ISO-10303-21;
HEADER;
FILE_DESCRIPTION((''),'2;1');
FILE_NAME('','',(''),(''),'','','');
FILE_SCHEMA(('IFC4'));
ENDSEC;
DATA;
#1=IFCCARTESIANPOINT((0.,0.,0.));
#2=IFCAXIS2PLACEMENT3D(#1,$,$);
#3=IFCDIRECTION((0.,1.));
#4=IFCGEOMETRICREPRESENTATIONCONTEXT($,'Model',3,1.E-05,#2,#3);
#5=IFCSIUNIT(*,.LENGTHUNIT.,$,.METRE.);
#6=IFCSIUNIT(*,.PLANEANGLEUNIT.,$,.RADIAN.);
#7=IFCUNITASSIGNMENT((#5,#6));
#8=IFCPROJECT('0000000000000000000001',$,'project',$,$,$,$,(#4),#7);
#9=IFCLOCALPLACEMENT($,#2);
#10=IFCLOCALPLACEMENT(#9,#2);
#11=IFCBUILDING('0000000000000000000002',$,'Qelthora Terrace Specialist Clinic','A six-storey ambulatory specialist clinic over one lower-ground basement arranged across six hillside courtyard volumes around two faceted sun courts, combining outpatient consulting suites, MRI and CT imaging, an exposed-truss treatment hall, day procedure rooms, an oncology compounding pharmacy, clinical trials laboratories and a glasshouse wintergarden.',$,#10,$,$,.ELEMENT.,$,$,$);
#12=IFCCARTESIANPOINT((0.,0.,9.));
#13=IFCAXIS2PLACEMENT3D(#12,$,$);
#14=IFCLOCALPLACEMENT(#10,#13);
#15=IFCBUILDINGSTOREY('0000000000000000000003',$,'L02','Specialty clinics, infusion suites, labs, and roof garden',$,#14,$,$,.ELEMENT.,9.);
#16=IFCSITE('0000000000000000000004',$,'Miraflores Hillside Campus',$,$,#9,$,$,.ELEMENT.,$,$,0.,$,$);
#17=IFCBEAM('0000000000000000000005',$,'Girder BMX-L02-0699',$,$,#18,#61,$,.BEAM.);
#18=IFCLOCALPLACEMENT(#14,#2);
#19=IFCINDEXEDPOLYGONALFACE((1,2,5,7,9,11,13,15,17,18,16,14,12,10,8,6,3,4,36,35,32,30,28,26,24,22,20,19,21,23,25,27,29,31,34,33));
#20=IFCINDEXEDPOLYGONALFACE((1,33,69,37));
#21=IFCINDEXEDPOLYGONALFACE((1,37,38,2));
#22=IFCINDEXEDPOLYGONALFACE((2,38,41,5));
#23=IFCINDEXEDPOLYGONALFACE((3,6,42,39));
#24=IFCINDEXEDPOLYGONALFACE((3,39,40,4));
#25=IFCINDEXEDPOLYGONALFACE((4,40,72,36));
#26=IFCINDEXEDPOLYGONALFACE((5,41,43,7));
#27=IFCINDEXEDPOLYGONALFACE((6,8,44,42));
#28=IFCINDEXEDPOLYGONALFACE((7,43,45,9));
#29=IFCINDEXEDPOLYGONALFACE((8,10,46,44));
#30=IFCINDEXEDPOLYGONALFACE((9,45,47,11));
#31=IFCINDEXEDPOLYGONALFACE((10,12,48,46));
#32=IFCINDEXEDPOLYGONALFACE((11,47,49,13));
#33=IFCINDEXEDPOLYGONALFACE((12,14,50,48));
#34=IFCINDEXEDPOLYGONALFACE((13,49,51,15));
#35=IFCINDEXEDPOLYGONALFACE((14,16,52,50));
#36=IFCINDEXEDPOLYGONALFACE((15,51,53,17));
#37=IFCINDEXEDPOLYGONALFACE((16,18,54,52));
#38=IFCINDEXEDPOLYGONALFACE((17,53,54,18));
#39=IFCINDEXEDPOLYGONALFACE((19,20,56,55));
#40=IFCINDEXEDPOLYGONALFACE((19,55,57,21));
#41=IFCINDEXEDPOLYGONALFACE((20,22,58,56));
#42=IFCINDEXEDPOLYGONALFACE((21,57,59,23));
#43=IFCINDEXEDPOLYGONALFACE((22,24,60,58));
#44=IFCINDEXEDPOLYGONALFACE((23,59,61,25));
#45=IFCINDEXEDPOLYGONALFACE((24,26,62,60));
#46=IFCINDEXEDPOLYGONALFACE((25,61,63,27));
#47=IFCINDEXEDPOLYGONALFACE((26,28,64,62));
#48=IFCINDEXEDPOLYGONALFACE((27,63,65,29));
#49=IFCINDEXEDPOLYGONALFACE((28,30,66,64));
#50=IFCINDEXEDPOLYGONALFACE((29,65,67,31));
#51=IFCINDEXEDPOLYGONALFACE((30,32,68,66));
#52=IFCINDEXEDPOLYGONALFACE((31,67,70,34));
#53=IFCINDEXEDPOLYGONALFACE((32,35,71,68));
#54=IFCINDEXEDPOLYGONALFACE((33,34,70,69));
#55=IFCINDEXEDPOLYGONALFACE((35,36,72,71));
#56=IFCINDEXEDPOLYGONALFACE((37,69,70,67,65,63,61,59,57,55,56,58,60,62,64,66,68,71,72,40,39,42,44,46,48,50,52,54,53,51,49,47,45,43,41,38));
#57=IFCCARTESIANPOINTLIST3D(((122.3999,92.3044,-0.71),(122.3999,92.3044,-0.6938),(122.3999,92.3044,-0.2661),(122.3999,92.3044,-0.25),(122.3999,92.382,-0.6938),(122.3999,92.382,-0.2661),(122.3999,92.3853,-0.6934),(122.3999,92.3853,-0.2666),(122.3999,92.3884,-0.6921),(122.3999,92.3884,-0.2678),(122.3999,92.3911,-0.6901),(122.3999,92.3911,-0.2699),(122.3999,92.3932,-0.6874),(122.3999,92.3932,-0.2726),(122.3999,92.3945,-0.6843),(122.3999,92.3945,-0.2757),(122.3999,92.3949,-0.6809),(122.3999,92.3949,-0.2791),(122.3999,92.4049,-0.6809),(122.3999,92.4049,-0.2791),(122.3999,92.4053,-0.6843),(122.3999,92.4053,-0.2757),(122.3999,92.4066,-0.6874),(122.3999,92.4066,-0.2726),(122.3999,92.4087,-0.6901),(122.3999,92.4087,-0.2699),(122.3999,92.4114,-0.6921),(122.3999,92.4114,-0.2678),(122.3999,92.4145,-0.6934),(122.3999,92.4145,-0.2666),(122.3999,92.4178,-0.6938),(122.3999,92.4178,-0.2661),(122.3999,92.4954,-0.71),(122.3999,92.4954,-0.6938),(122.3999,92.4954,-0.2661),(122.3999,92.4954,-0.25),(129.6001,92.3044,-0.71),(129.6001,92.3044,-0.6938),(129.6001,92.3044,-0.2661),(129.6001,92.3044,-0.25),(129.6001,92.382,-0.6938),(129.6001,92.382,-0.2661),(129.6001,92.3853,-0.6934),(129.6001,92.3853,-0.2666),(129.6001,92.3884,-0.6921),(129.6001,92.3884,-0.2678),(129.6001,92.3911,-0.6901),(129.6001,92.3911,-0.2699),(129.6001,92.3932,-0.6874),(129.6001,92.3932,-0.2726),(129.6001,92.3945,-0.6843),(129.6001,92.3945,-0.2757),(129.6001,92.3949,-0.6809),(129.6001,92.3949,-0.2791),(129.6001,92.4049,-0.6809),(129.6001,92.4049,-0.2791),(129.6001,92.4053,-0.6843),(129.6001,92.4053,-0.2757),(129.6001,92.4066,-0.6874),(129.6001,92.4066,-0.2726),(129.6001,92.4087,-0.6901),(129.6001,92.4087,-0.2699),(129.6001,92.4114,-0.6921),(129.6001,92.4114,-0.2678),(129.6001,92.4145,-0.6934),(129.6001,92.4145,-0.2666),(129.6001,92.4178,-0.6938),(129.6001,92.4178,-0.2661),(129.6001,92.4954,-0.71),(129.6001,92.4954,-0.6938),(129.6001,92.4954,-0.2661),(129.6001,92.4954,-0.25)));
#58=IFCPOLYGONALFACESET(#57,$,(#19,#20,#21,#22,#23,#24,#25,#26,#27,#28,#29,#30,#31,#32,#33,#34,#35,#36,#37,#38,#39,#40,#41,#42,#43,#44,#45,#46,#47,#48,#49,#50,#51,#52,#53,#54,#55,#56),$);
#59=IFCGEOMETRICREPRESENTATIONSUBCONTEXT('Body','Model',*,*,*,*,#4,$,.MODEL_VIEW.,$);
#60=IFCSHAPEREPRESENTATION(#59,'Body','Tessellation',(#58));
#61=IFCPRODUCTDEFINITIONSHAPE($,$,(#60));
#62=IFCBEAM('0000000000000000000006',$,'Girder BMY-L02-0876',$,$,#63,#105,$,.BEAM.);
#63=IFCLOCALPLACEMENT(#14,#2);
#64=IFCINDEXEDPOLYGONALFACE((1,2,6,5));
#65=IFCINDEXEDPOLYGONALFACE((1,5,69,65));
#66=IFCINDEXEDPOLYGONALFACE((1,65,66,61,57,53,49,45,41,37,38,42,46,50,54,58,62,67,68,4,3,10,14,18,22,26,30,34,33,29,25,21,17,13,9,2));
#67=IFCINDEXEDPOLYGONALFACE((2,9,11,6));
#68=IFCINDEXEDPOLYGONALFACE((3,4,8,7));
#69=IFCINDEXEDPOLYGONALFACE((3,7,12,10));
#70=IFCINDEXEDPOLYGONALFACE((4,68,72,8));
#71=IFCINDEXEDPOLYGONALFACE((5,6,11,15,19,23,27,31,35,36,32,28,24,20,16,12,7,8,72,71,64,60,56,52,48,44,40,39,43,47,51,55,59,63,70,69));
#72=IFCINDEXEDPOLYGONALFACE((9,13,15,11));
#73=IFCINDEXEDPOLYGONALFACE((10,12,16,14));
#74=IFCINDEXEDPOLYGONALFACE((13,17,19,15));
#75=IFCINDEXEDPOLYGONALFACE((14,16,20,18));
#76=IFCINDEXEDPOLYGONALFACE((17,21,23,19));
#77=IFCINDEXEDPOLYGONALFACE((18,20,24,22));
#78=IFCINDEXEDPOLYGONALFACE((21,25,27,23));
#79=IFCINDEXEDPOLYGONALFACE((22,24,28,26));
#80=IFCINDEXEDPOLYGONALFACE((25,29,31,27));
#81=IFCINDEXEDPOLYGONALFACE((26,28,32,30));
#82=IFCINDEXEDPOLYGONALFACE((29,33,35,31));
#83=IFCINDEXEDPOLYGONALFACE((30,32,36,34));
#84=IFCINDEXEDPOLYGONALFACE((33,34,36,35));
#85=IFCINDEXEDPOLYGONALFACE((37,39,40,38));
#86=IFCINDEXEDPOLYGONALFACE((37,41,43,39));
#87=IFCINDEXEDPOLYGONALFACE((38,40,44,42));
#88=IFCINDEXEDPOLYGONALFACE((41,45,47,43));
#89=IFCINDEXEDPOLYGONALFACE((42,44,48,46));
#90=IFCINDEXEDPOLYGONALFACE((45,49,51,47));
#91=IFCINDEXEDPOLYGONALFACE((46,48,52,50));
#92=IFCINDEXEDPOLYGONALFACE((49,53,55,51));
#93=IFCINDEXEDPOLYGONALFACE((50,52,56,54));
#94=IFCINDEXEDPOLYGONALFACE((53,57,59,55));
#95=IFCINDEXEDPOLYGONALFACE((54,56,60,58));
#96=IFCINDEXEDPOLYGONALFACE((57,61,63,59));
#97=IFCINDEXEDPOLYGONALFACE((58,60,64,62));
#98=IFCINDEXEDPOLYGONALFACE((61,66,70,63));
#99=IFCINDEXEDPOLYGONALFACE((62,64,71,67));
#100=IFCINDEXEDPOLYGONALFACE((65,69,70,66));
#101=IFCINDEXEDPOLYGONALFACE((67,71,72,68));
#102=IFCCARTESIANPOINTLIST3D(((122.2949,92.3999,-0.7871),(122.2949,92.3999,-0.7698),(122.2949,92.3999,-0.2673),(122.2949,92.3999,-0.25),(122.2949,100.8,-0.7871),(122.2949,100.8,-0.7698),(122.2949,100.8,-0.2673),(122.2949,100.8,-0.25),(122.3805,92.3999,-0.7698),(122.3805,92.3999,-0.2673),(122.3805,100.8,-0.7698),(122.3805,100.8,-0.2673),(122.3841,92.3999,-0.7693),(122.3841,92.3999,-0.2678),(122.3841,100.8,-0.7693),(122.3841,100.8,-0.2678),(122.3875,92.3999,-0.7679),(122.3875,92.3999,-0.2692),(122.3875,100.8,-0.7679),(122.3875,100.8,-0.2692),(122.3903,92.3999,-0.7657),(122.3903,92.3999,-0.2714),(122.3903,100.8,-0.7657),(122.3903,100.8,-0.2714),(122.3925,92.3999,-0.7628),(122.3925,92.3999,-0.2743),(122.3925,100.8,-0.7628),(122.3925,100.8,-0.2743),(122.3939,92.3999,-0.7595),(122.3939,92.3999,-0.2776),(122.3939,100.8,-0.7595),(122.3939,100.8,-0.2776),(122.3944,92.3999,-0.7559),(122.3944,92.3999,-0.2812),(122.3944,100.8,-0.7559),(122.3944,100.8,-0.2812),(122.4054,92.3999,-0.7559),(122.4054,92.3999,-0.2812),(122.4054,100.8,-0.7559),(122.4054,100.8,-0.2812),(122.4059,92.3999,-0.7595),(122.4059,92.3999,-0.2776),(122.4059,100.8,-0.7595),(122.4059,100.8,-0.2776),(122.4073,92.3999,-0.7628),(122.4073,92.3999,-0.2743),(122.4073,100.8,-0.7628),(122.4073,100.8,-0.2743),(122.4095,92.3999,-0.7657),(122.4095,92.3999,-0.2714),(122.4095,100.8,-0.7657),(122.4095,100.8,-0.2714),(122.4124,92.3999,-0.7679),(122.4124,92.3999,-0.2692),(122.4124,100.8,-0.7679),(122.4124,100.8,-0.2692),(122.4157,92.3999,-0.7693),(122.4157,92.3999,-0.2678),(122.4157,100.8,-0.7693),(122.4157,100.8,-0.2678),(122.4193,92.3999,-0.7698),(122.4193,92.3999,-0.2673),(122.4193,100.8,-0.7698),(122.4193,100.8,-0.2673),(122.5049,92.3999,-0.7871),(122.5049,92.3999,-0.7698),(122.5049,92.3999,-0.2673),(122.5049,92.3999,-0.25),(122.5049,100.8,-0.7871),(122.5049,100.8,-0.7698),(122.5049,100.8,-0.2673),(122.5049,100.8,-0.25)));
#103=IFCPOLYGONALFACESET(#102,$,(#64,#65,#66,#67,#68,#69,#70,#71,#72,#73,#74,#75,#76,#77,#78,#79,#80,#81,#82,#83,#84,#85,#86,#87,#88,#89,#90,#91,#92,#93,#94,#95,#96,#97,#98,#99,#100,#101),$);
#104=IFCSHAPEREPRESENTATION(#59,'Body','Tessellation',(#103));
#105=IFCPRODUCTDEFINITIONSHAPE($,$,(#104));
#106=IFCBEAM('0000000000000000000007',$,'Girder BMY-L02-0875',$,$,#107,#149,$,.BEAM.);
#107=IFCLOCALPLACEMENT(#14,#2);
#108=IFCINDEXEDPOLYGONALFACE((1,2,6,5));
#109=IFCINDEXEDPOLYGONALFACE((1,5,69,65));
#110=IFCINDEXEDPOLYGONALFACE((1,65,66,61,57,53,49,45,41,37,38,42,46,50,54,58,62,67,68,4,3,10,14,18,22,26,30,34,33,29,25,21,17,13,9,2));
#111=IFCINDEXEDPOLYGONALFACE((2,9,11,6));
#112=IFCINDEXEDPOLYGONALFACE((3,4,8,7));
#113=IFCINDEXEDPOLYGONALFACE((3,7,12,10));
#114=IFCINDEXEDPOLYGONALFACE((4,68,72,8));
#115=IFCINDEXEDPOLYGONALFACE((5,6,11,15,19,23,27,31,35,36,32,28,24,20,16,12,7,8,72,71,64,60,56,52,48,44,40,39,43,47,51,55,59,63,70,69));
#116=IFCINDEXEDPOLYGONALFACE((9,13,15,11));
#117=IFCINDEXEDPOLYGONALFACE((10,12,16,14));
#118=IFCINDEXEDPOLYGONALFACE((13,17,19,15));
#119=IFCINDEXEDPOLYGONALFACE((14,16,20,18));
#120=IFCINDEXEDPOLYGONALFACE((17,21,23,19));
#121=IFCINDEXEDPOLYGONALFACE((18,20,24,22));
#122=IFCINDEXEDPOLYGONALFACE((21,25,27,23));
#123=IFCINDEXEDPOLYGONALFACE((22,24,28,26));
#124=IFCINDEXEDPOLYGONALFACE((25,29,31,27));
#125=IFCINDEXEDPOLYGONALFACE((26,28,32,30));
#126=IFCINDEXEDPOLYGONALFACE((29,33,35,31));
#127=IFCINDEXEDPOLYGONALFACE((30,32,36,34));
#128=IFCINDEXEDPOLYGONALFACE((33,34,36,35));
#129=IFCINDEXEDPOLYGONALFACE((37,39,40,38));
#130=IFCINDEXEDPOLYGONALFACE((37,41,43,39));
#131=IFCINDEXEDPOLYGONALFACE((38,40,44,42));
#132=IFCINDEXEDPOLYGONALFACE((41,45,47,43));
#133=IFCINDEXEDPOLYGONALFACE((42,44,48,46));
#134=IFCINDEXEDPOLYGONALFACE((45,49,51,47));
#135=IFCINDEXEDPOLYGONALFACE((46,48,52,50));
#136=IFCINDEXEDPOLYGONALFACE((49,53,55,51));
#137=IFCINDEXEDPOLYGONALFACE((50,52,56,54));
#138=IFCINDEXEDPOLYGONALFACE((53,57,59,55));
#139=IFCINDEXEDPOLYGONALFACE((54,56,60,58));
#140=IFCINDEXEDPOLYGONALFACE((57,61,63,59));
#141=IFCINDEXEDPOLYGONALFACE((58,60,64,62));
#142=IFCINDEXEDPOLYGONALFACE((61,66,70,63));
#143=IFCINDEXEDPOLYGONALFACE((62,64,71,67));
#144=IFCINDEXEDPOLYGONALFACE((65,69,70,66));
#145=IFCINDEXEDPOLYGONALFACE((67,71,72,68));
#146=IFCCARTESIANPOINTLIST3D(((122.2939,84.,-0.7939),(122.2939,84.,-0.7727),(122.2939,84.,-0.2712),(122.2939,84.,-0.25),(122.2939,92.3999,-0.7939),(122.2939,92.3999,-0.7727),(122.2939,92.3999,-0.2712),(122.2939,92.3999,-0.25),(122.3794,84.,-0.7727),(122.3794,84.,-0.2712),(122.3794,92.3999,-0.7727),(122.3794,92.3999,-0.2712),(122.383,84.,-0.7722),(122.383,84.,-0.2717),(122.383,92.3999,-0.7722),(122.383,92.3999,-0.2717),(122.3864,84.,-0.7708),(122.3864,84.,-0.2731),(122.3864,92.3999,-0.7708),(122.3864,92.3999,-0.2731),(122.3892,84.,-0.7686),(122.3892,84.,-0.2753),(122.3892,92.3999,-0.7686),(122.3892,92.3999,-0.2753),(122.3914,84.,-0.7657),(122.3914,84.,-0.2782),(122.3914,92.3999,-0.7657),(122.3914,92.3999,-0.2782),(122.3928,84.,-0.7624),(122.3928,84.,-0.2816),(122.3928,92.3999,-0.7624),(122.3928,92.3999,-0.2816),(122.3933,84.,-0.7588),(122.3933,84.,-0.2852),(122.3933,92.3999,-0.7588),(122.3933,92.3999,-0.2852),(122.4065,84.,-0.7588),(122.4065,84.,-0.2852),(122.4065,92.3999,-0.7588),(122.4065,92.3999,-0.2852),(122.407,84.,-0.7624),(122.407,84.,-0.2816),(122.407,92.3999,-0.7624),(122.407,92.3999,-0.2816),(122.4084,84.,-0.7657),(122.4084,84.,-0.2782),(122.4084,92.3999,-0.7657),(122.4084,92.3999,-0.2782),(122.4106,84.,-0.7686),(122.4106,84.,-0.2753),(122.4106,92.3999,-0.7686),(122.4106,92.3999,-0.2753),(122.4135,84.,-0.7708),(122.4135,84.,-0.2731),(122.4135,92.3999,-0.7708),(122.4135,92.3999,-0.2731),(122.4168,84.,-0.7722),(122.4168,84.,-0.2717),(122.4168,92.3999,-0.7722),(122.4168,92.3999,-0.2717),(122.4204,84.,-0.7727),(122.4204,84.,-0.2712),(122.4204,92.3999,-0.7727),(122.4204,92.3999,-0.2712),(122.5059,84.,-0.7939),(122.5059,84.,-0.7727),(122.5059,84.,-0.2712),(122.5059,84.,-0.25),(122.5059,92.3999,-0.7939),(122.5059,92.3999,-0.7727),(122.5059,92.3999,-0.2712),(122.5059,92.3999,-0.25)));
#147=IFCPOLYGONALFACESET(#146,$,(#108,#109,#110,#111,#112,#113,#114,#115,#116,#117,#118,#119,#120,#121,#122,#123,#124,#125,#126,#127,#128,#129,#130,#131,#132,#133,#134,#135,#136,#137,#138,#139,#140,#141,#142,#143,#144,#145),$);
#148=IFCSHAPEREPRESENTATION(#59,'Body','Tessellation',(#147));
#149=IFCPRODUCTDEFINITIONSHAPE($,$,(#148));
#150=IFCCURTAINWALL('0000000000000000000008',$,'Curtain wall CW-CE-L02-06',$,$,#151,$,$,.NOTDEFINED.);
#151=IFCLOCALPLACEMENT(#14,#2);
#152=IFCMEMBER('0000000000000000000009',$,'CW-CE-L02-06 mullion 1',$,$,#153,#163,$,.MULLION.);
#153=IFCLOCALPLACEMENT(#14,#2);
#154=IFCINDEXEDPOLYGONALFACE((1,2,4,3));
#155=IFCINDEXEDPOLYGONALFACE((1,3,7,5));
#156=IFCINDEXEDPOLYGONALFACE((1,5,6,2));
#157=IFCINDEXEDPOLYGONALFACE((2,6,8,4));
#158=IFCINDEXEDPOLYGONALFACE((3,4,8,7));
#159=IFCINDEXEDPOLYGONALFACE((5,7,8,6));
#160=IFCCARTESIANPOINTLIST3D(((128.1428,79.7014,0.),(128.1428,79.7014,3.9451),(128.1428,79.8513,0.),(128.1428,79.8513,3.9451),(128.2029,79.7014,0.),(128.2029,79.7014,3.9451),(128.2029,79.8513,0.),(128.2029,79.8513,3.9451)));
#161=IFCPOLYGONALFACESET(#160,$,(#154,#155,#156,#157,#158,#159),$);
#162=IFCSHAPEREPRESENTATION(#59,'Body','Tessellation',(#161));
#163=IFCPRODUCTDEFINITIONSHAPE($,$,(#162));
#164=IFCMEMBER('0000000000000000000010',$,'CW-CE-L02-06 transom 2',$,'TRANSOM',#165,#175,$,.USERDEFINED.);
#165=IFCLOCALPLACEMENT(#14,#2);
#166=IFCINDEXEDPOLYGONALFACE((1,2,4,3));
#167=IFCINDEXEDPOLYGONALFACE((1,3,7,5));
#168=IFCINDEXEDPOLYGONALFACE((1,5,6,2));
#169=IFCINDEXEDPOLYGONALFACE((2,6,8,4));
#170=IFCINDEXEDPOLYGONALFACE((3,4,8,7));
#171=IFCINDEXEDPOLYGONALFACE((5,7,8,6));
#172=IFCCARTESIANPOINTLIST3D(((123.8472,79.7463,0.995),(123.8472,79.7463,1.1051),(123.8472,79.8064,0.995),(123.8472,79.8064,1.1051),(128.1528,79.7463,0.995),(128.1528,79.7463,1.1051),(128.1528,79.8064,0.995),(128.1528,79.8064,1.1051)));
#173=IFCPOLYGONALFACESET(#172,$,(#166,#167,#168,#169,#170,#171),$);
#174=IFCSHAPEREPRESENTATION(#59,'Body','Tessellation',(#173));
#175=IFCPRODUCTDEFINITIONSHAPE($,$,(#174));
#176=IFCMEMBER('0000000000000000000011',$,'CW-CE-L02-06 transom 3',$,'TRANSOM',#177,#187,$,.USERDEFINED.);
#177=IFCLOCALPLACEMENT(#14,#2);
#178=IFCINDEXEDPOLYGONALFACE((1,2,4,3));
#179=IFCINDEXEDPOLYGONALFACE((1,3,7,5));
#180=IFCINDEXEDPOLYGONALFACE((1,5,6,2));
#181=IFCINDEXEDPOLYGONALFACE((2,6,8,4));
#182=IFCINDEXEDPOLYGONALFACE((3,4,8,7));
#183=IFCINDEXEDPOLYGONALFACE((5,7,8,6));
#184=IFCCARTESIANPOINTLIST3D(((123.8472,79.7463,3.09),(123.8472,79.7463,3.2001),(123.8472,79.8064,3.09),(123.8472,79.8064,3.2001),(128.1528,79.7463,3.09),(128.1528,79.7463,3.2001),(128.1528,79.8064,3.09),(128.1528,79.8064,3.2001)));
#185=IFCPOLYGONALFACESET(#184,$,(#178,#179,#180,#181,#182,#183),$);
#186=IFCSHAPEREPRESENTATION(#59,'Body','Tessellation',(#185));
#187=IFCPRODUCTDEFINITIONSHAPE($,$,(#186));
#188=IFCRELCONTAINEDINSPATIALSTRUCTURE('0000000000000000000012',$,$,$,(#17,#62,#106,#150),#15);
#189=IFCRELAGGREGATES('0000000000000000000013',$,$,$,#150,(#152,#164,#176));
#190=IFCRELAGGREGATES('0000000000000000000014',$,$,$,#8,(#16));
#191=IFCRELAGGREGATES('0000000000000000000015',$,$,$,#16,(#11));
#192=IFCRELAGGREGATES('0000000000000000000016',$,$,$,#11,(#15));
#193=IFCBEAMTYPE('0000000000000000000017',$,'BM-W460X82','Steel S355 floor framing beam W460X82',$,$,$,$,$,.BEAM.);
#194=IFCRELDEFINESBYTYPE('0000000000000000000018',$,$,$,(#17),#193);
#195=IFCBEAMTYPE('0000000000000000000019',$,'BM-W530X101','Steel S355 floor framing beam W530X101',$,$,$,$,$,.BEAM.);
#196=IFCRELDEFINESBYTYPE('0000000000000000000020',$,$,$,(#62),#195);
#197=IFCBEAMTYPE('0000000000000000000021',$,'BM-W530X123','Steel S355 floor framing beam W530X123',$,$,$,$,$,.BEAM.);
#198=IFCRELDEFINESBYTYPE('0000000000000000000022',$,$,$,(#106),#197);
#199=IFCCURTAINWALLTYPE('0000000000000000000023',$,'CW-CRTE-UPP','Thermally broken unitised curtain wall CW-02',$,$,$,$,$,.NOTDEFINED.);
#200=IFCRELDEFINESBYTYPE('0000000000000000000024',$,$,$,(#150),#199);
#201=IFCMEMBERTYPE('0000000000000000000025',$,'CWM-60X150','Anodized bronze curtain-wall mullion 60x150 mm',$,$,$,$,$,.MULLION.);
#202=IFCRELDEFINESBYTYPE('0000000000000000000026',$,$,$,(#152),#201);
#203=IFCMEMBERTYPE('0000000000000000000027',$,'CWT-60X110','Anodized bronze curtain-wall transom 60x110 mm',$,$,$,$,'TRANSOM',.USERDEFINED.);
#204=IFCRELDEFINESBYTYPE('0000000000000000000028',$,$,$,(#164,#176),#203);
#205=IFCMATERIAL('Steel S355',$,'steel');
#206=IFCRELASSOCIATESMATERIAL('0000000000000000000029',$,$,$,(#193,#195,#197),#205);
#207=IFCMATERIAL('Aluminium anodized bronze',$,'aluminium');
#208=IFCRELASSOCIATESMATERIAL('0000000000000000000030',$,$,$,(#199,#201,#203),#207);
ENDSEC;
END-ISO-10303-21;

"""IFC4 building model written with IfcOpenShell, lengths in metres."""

from ifc_helpers import new_model, si_unit, direction, frame, origin, origin_2d, place, context, subcontext, project, spatial, rectangle, i_section, extrude, material, material_profile, profile_set, type_object, element, aggregate, save


model = new_model("IFC4")

# Units and contexts
model_context = context("Model", 3, precision=1e-05, world=origin(), true_north=direction((0.0, 1.0)))
body_context = subcontext(model_context, "Body", "Model", "MODEL_VIEW")
ifc_project = project(units=[si_unit("LENGTHUNIT", "METRE"), si_unit("PLANEANGLEUNIT", "RADIAN")], contexts=[model_context])

# Site, building, storey
site_placement = place(None, origin())
site = spatial("IfcSite", under=ifc_project, at=site_placement, Name="Miraflores Hillside Campus", CompositionType="ELEMENT", RefElevation=0.0)
building_placement = place(site_placement, origin())
building = spatial("IfcBuilding", under=site, at=building_placement, Name="Qelthora Terrace Specialist Clinic", Description="A six-storey ambulatory specialist clinic over one lower-ground basement arranged across six hillside courtyard volumes around two faceted sun courts, combining outpatient consulting suites, MRI and CT imaging, an exposed-truss treatment hall, day procedure rooms, an oncology compounding pharmacy, clinical trials laboratories and a glasshouse wintergarden.", CompositionType="ELEMENT")
storey_placement = place(building_placement, frame((0.0, 0.0, 9.0)))
storey = spatial("IfcBuildingStorey", under=building, at=storey_placement, Name="L02", Description="Specialty clinics, infusion suites, labs, and roof garden", CompositionType="ELEMENT", Elevation=9.0)

# Shared definitions
ifc_material_1 = material(Name="Steel S355", Category="steel")

# Beams
ifc_material_profile_1 = material_profile(ifc_material_1, i_section(OverallWidth=0.1909, OverallDepth=0.46, WebThickness=0.01, FlangeThickness=0.0161, FilletRadius=0.0129, at=origin_2d()), Name="W460X82")
ifc_profile_set_1 = profile_set([ifc_material_profile_1], Name="Steel S355")
beam_type_1 = type_object("IfcBeamType", Name="BM-W460X82", Description="Steel S355 floor framing beam W460X82", PredefinedType="BEAM", material=ifc_profile_set_1)
beam_1_placement = place(storey_placement, frame((122.3999, 92.3999, -0.48), z_axis=(1.0, 0.0, 0.0), x_axis=(0.0, 1.0, 0.0)))
element("IfcBeam", 1, at=beam_1_placement, inside=storey, type_object=beam_type_1, Name="Girder BMX-L02-0699", PredefinedType="BEAM", context=body_context, shape_type="SweptSolid", body=[
    extrude(i_section(OverallWidth=0.1909, OverallDepth=0.46, WebThickness=0.01, FlangeThickness=0.0161, FilletRadius=0.0129, at=origin_2d()), origin(), (0.0, 0.0, 1.0), 7.2002),
])
ifc_material_profile_2 = material_profile(ifc_material_1, i_section(OverallWidth=0.21, OverallDepth=0.5371, WebThickness=0.011, FlangeThickness=0.0173, FilletRadius=0.0139, at=origin_2d()), Name="W530X101")
ifc_profile_set_2 = profile_set([ifc_material_profile_2], Name="Steel S355")
beam_type_2 = type_object("IfcBeamType", Name="BM-W530X101", Description="Steel S355 floor framing beam W530X101", PredefinedType="BEAM", material=ifc_profile_set_2)
beam_2_placement = place(storey_placement, frame((122.3999, 92.3999, -0.5186), z_axis=(0.0, 1.0, 0.0), x_axis=(-1.0, 0.0, 0.0)))
element("IfcBeam", 2, at=beam_2_placement, inside=storey, type_object=beam_type_2, Name="Girder BMY-L02-0876", PredefinedType="BEAM", context=body_context, shape_type="SweptSolid", body=[
    extrude(i_section(OverallWidth=0.21, OverallDepth=0.5371, WebThickness=0.011, FlangeThickness=0.0173, FilletRadius=0.0139, at=origin_2d()), origin(), (0.0, 0.0, 1.0), 8.4001),
])
ifc_material_profile_3 = material_profile(ifc_material_1, i_section(OverallWidth=0.2119, OverallDepth=0.5439, WebThickness=0.0132, FlangeThickness=0.0212, FilletRadius=0.0139, at=origin_2d()), Name="W530X123")
ifc_profile_set_3 = profile_set([ifc_material_profile_3], Name="Steel S355")
beam_type_3 = type_object("IfcBeamType", Name="BM-W530X123", Description="Steel S355 floor framing beam W530X123", PredefinedType="BEAM", material=ifc_profile_set_3)
beam_3_placement = place(storey_placement, frame((122.3999, 84.0, -0.522), z_axis=(0.0, 1.0, 0.0), x_axis=(-1.0, 0.0, 0.0)))
element("IfcBeam", 3, at=beam_3_placement, inside=storey, type_object=beam_type_3, Name="Girder BMY-L02-0875", PredefinedType="BEAM", context=body_context, shape_type="SweptSolid", body=[
    extrude(i_section(OverallWidth=0.2119, OverallDepth=0.5439, WebThickness=0.0132, FlangeThickness=0.0212, FilletRadius=0.0139, at=origin_2d()), origin(), (0.0, 0.0, 1.0), 8.3999),
])

# Curtain wall, members
ifc_material_2 = material(Name="Aluminium anodized bronze", Category="aluminium")
curtain_wall_type = type_object("IfcCurtainWallType", Name="CW-CRTE-UPP", Description="Thermally broken unitised curtain wall CW-02", PredefinedType="NOTDEFINED", material=ifc_material_2)
curtain_wall_placement = place(storey_placement, origin())
curtain_wall = element("IfcCurtainWall", 4, at=curtain_wall_placement, inside=storey, type_object=curtain_wall_type, Name="Curtain wall CW-CE-L02-06", PredefinedType="NOTDEFINED")
ifc_material_profile_4 = material_profile(ifc_material_2, rectangle(XDim=0.0601, YDim=0.1499, at=origin_2d()), Name="CWM60X150")
ifc_profile_set_4 = profile_set([ifc_material_profile_4], Name="Aluminium anodized bronze")
member_type_1 = type_object("IfcMemberType", Name="CWM-60X150", Description="Anodized bronze curtain-wall mullion 60x150 mm", PredefinedType="MULLION", material=ifc_profile_set_4)
member_1_placement = place(storey_placement, frame((128.1729, 79.7764, 0.0), z_axis=(0.0, 0.0, 1.0), x_axis=(-1.0, 0.0, 0.0)))
member_1 = element("IfcMember", 5, at=member_1_placement, type_object=member_type_1, Name="CW-CE-L02-06 mullion 1", PredefinedType="MULLION", context=body_context, shape_type="SweptSolid", body=[
    extrude(rectangle(XDim=0.0601, YDim=0.1499, at=origin_2d()), origin(), (0.0, 0.0, 1.0), 3.9451),
])
ifc_material_profile_5 = material_profile(ifc_material_2, rectangle(XDim=0.0601, YDim=0.1101, at=origin_2d()), Name="CWT60X110")
ifc_profile_set_5 = profile_set([ifc_material_profile_5], Name="Aluminium anodized bronze")
member_type_2 = type_object("IfcMemberType", Name="CWT-60X110", Description="Anodized bronze curtain-wall transom 60x110 mm", ElementType="TRANSOM", PredefinedType="USERDEFINED", material=ifc_profile_set_5)
member_2_placement = place(storey_placement, frame((128.1528, 79.7764, 1.05), z_axis=(-1.0, 0.0, 0.0), x_axis=(0.0, -1.0, 0.0)))
member_2 = element("IfcMember", 6, at=member_2_placement, type_object=member_type_2, Name="CW-CE-L02-06 transom 2", ObjectType="TRANSOM", PredefinedType="USERDEFINED", context=body_context, shape_type="SweptSolid", body=[
    extrude(rectangle(XDim=0.0601, YDim=0.1101, at=origin_2d()), origin(), (0.0, 0.0, 1.0), 4.3057),
])
member_3_placement = place(storey_placement, frame((128.1528, 79.7764, 3.145), z_axis=(-1.0, 0.0, 0.0), x_axis=(0.0, -1.0, 0.0)))
member_3 = element("IfcMember", 7, at=member_3_placement, type_object=member_type_2, Name="CW-CE-L02-06 transom 3", ObjectType="TRANSOM", PredefinedType="USERDEFINED", context=body_context, shape_type="SweptSolid", body=[
    extrude(rectangle(XDim=0.0601, YDim=0.1101, at=origin_2d()), origin(), (0.0, 0.0, 1.0), 4.3057),
])
aggregate(curtain_wall, [member_1, member_2, member_3])

save(model, "model.ifc")
